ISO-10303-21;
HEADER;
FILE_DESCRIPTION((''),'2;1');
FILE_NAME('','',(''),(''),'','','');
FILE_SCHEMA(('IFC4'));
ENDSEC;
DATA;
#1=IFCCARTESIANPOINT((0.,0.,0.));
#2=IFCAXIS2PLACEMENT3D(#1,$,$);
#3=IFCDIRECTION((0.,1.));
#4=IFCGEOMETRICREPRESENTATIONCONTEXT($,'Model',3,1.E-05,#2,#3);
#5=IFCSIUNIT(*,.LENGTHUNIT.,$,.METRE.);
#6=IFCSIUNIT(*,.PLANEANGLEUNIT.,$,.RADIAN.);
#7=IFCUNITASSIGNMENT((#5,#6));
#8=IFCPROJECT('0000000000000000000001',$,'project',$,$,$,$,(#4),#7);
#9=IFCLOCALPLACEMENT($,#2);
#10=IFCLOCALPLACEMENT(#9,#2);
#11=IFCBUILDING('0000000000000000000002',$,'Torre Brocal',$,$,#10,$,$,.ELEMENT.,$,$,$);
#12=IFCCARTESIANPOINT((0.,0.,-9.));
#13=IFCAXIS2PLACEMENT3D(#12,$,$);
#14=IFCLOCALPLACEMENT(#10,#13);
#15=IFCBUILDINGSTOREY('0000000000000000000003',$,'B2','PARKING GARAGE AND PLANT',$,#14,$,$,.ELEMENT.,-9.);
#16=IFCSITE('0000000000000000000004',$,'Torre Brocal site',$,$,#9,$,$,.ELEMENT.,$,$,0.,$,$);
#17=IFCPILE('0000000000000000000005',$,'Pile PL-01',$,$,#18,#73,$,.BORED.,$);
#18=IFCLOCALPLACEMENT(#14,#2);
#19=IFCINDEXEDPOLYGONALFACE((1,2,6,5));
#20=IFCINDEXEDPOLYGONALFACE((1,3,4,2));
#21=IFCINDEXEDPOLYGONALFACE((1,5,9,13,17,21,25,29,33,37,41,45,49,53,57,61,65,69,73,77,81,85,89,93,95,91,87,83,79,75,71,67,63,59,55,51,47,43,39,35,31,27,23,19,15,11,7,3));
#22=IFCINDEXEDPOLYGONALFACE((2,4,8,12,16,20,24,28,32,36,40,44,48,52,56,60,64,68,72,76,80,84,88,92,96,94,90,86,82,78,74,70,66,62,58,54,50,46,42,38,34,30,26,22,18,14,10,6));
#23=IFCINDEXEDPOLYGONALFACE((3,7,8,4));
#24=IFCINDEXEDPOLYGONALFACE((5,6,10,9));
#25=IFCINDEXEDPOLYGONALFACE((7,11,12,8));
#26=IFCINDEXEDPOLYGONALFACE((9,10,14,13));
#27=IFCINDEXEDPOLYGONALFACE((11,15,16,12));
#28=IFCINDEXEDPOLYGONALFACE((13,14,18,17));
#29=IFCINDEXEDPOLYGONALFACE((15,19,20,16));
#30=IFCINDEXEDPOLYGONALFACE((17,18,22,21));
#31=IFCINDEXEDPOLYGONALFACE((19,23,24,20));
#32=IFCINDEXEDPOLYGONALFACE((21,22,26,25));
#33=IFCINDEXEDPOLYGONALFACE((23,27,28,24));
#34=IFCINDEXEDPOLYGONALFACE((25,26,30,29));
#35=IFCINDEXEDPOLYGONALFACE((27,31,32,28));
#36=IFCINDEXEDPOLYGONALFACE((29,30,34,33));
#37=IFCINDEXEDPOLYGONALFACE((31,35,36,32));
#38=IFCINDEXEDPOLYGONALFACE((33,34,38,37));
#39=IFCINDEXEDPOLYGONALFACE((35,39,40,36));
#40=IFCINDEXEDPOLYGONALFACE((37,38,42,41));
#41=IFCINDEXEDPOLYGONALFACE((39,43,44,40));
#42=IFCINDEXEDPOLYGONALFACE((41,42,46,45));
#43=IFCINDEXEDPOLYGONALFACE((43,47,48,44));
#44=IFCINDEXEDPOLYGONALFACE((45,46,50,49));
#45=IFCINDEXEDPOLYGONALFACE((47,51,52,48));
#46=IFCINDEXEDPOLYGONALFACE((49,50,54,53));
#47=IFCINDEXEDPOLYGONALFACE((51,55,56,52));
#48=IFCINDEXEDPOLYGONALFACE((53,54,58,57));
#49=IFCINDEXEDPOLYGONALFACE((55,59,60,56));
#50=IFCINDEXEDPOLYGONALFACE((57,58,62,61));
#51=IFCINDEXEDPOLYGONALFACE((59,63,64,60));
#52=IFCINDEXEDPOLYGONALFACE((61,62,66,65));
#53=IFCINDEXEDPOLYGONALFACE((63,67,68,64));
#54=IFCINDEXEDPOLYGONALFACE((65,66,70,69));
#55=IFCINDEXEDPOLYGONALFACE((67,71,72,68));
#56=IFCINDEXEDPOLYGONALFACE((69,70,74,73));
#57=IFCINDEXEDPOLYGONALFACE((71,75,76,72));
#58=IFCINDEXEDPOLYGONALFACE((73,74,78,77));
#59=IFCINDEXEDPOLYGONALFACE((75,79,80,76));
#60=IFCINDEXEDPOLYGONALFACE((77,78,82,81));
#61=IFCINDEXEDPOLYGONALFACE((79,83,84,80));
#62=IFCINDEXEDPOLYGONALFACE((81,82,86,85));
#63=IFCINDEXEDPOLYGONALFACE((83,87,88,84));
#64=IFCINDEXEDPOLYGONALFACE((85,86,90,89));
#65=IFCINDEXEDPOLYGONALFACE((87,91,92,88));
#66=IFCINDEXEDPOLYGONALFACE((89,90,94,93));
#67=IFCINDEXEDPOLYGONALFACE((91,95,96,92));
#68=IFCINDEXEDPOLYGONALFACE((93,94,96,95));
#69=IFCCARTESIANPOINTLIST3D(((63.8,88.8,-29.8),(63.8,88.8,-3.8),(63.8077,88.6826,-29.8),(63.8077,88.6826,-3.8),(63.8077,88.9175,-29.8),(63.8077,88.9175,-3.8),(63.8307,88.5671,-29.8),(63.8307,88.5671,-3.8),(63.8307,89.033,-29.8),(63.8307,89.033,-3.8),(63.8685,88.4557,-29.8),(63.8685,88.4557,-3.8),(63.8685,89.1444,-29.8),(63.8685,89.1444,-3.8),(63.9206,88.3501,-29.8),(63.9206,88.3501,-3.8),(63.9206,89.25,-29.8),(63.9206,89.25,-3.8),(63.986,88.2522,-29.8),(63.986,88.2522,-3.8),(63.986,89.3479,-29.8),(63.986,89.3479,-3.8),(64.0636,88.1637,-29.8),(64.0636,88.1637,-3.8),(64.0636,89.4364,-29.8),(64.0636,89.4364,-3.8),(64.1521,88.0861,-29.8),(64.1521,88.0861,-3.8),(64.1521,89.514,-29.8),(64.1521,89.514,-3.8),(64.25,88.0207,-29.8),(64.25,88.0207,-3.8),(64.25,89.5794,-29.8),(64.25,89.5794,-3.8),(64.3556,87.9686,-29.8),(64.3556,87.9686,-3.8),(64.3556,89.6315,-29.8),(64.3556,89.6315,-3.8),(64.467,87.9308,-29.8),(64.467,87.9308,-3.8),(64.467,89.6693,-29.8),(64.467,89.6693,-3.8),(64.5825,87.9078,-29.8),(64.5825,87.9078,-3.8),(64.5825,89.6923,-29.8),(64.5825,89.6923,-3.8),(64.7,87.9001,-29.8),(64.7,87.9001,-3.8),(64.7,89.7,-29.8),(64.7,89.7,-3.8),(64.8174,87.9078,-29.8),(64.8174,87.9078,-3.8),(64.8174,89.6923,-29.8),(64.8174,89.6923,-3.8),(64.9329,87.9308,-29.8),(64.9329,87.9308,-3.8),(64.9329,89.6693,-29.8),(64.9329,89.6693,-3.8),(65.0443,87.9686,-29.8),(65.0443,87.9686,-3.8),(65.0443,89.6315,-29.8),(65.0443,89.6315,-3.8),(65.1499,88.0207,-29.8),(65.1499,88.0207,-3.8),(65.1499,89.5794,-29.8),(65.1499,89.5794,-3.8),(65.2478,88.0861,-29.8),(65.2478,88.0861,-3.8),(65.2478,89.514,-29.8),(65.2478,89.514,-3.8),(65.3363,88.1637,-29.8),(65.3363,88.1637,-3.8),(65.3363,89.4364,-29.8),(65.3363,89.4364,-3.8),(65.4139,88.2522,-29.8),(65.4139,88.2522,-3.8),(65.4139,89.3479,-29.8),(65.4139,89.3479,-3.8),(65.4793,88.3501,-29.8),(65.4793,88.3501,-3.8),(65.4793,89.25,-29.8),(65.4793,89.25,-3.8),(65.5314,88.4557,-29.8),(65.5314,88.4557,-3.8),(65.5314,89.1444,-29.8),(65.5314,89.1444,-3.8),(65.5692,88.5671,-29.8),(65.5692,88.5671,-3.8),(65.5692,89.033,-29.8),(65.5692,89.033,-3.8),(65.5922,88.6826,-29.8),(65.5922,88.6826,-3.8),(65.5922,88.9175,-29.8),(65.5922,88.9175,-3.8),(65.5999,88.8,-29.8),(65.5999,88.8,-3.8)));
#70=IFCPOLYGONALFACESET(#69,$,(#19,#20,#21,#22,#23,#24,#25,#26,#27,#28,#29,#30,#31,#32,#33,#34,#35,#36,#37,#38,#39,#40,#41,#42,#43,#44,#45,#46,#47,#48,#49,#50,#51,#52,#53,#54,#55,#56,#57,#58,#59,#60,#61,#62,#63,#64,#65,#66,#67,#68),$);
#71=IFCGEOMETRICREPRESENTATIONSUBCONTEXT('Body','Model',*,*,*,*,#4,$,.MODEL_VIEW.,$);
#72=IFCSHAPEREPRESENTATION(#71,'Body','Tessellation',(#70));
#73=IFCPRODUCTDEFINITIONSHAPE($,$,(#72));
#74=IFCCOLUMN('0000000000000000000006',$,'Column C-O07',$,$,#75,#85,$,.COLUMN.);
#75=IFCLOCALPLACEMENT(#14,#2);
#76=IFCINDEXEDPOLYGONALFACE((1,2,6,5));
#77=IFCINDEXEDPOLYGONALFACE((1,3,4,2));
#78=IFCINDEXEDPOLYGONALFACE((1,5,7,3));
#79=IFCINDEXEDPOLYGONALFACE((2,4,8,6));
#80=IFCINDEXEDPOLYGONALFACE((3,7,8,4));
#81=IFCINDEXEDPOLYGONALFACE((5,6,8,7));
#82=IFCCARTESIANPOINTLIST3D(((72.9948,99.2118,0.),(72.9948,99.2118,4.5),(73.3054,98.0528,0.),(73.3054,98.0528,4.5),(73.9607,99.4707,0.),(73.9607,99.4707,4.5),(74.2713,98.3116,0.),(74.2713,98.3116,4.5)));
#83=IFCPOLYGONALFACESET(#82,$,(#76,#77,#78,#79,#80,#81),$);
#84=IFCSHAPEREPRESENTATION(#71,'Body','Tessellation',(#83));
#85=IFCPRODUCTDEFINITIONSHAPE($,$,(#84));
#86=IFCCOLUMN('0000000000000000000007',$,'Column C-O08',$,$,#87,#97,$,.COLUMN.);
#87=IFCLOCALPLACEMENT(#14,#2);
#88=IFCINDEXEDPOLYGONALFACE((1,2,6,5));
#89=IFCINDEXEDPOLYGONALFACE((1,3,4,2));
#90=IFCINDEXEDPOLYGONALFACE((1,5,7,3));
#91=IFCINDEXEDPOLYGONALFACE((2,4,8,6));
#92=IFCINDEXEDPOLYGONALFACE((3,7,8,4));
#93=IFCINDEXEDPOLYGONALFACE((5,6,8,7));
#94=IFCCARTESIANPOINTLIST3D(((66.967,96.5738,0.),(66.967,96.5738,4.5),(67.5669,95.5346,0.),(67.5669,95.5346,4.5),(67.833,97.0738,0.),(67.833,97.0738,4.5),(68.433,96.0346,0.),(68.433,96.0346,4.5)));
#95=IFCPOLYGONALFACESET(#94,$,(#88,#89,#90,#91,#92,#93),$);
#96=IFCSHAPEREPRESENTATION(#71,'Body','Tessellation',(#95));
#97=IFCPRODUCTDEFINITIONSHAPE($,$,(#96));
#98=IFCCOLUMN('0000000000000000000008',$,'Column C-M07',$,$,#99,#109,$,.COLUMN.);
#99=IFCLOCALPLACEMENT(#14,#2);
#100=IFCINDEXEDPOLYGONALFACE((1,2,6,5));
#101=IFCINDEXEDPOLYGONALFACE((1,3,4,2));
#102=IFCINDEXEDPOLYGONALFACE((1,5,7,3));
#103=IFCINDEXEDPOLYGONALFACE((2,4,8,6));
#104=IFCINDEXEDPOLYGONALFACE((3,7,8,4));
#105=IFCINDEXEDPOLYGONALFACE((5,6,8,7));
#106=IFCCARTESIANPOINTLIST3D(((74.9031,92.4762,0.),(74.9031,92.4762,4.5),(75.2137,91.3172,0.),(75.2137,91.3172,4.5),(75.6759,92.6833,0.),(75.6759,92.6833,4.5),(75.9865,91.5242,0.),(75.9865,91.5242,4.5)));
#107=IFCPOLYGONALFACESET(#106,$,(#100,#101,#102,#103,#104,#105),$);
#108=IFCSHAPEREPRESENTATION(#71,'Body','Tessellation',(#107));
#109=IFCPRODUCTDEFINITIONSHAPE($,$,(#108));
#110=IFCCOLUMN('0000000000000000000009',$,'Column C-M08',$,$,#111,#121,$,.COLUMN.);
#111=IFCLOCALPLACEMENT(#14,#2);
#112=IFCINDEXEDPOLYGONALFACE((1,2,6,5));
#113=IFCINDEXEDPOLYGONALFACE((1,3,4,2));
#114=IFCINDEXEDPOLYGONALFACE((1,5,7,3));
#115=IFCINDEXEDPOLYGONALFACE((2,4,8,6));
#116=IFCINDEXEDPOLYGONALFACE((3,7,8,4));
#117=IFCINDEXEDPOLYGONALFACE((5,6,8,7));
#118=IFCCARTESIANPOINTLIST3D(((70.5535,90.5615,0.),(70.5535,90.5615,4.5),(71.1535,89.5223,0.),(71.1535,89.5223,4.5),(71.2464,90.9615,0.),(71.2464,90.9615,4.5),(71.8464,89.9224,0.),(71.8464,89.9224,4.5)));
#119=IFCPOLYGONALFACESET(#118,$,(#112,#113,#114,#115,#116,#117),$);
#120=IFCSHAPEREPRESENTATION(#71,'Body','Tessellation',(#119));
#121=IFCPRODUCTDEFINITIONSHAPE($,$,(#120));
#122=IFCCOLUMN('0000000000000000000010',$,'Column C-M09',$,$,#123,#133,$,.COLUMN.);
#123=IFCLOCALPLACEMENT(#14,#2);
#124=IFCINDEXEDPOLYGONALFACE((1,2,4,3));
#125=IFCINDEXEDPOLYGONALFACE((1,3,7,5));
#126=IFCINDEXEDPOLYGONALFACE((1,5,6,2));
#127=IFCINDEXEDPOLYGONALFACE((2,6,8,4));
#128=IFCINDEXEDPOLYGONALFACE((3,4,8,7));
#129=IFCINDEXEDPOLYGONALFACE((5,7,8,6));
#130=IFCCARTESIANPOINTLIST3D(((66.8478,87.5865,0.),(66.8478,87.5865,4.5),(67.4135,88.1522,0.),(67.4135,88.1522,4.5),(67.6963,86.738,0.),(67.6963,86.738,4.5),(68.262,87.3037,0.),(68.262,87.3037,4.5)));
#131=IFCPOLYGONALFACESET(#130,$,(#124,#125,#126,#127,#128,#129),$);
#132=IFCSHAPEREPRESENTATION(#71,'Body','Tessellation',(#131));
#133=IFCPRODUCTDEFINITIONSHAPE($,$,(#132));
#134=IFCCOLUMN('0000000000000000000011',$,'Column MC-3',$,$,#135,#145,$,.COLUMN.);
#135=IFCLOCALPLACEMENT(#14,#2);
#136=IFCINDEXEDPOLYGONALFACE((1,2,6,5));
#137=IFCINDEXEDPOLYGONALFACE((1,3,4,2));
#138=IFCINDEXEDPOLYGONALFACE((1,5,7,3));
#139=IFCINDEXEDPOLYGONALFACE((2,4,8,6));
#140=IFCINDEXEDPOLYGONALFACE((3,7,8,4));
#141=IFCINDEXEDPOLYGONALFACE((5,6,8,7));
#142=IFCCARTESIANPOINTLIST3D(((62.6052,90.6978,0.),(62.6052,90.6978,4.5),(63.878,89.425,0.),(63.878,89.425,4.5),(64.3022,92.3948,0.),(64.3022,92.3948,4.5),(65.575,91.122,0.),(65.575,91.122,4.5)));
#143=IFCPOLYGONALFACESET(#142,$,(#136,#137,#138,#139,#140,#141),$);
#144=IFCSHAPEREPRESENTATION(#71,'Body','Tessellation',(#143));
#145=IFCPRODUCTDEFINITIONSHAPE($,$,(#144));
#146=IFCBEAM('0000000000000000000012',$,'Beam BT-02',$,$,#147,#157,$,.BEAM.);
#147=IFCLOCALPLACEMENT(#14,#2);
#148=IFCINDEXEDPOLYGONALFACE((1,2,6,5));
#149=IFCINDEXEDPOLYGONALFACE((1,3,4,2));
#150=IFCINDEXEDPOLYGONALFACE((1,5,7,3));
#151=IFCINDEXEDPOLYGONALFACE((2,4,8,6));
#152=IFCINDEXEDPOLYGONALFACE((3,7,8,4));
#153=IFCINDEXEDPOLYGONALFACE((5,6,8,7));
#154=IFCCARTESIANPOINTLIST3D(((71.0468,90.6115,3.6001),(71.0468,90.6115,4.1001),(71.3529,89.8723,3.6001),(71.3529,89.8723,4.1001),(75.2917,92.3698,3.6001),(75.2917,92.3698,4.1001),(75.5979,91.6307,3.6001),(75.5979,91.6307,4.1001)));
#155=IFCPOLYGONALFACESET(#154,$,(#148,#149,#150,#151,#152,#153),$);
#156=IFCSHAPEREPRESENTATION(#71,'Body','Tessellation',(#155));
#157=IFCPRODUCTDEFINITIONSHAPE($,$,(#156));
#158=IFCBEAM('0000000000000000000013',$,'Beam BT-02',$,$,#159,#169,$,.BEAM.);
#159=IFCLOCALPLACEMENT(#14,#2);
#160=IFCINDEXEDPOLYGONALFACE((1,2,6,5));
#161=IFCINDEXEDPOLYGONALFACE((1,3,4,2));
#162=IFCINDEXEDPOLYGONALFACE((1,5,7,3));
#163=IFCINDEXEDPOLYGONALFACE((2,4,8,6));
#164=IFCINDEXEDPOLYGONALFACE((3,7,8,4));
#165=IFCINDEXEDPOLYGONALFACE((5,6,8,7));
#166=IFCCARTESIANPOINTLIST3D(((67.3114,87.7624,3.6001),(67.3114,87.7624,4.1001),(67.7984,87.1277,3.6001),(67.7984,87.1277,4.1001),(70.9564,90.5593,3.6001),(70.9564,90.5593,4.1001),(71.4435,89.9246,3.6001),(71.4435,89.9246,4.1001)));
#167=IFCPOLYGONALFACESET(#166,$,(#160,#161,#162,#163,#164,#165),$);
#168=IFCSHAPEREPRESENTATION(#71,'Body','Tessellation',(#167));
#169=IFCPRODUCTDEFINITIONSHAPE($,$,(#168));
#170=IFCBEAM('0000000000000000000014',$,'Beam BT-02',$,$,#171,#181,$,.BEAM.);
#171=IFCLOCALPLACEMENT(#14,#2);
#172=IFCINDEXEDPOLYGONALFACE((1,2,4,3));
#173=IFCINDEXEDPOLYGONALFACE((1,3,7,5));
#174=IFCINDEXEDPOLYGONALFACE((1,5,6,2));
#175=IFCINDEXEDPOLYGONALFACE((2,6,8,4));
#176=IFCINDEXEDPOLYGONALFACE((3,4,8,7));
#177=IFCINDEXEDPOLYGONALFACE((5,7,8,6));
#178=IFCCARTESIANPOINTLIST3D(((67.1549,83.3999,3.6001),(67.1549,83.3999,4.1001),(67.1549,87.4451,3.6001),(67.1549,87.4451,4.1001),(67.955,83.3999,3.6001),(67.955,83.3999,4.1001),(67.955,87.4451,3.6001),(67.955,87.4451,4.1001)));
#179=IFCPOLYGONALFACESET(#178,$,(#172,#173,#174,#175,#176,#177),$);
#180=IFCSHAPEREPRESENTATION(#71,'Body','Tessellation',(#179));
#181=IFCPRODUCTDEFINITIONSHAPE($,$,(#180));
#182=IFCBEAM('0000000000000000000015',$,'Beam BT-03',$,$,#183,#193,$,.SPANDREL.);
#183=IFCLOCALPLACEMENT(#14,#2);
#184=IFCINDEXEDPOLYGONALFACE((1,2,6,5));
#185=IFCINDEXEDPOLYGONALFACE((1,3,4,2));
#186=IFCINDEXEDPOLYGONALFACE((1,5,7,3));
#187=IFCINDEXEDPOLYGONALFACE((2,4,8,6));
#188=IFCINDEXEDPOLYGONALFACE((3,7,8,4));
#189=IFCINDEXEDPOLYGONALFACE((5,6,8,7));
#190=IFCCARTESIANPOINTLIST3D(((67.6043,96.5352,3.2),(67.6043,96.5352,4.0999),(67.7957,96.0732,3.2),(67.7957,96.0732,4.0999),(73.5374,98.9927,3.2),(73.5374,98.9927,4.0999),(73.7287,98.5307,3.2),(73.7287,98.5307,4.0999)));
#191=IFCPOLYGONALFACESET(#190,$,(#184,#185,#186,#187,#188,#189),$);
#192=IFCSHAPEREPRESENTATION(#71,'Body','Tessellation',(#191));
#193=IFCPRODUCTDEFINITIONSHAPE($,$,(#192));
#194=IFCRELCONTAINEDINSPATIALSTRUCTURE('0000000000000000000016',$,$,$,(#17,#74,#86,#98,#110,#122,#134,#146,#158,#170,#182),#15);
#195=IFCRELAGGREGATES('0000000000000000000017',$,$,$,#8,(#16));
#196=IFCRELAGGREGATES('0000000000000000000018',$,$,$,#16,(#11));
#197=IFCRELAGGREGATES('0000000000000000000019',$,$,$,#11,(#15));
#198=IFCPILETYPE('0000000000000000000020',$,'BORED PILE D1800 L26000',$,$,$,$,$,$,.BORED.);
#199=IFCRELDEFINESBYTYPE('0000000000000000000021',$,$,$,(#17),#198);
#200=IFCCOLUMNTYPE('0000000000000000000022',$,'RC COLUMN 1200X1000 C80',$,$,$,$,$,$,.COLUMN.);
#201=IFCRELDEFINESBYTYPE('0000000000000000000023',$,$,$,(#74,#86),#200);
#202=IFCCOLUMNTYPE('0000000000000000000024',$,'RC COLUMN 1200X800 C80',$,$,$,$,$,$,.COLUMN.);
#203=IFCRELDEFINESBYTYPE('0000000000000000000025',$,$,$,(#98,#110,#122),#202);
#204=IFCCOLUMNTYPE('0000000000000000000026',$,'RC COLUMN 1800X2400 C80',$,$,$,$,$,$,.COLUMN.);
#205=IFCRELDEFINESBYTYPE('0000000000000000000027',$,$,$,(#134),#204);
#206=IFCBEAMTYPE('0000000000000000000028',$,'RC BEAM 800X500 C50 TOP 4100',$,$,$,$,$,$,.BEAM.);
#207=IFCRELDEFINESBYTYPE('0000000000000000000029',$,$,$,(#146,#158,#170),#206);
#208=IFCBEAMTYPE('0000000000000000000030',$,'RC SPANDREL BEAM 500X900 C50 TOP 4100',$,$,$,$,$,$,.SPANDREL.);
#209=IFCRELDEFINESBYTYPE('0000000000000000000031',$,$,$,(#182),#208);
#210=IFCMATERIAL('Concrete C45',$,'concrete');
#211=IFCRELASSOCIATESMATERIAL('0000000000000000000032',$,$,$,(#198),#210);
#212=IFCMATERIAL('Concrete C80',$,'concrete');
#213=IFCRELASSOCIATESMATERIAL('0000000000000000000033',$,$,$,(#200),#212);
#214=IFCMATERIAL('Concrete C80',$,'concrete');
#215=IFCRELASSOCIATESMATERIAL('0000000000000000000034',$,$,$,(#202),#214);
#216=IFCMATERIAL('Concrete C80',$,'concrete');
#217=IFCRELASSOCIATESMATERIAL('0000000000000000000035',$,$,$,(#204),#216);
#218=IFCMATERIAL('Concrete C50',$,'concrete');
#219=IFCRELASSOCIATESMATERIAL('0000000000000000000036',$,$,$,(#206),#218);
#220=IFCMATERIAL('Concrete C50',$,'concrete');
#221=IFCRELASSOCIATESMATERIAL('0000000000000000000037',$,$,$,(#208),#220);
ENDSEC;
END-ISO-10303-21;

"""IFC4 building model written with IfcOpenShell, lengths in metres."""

from ifc_helpers import new_model, si_unit, direction, frame, origin, origin_2d, place, context, subcontext, project, spatial, rectangle, circle, extrude, material, material_profile, profile_set, type_object, element, save


model = new_model("IFC4")

# Units and contexts
model_context = context("Model", 3, precision=1e-05, world=origin(), true_north=direction((0.0, 1.0)))
body_context = subcontext(model_context, "Body", "Model", "MODEL_VIEW")
ifc_project = project(units=[si_unit("LENGTHUNIT", "METRE"), si_unit("PLANEANGLEUNIT", "RADIAN")], contexts=[model_context])

# Site, building, storey
site_placement = place(None, origin())
site = spatial("IfcSite", under=ifc_project, at=site_placement, Name="Torre Brocal site", CompositionType="ELEMENT", RefElevation=0.0)
building_placement = place(site_placement, origin())
building = spatial("IfcBuilding", under=site, at=building_placement, Name="Torre Brocal", CompositionType="ELEMENT")
storey_placement = place(building_placement, frame((0.0, 0.0, -9.0)))
storey = spatial("IfcBuildingStorey", under=building, at=storey_placement, Name="B2", Description="PARKING GARAGE AND PLANT", CompositionType="ELEMENT", Elevation=-9.0)

# Pile
ifc_material_1 = material(Name="Concrete C45", Category="concrete")
ifc_material_profile_1 = material_profile(ifc_material_1, circle(Radius=0.8999, at=origin_2d()), Name="BORED PILE D1800")
ifc_profile_set_1 = profile_set([ifc_material_profile_1], Name="Concrete C45")
pile_type_1 = type_object("IfcPileType", Name="BORED PILE D1800 L26000", PredefinedType="BORED", material=ifc_profile_set_1)
for number, where, z_axis, x_axis, name in (
    (1, (64.7, 88.8, -3.8), (0.0, 0.0, -1.0), (1.0, 0.0, 0.0), "Pile PL-01"),
):
    element("IfcPile", number, at=place(storey_placement, frame(where, z_axis=z_axis, x_axis=x_axis)), inside=storey, type_object=pile_type_1, Name=name, PredefinedType="BORED", context=body_context, shape_type="SweptSolid", body=[
        extrude(circle(Radius=0.8999, at=origin_2d()), origin(), (0.0, 0.0, 1.0), 26.0),
    ])

# Columns
ifc_material_2 = material(Name="Concrete C80", Category="concrete")
ifc_material_profile_2 = material_profile(ifc_material_2, rectangle(XDim=1.2, YDim=1.0, at=origin_2d()), Name="RC 1200X1000")
ifc_profile_set_2 = profile_set([ifc_material_profile_2], Name="Concrete C80")
column_type_1 = type_object("IfcColumnType", Name="RC COLUMN 1200X1000 C80", PredefinedType="COLUMN", material=ifc_profile_set_2)
for number, where, z_axis, x_axis, name in (
    (2, (73.6331, 98.7617, 0.0), (0.0, 0.0, 1.0), (-0.258819, 0.965926, 0.0), "Column C-O07"),
    (3, (67.7, 96.3042, 0.0), (0.0, 0.0, 1.0), (-0.5, 0.866025, 0.0), "Column C-O08"),
):
    element("IfcColumn", number, at=place(storey_placement, frame(where, z_axis=z_axis, x_axis=x_axis)), inside=storey, type_object=column_type_1, Name=name, PredefinedType="COLUMN", context=body_context, shape_type="SweptSolid", body=[
        extrude(rectangle(XDim=1.2, YDim=1.0, at=origin_2d()), origin(), (0.0, 0.0, 1.0), 4.5),
    ])
ifc_material_3 = material(Name="Concrete C80", Category="concrete")
ifc_material_profile_3 = material_profile(ifc_material_3, rectangle(XDim=1.2, YDim=0.8, at=origin_2d()), Name="RC 1200X800")
ifc_profile_set_3 = profile_set([ifc_material_profile_3], Name="Concrete C80")
column_type_2 = type_object("IfcColumnType", Name="RC COLUMN 1200X800 C80", PredefinedType="COLUMN", material=ifc_profile_set_3)
for number, where, z_axis, x_axis, name in (
    (4, (75.4448, 92.0002, 0.0), (0.0, 0.0, 1.0), (-0.258819, 0.965926, 0.0), "Column C-M07"),
    (5, (71.2, 90.2419, 0.0), (0.0, 0.0, 1.0), (-0.5, 0.866025, 0.0), "Column C-M08"),
    (6, (67.5549, 87.4451, 0.0), (0.0, 0.0, 1.0), (-0.707107, 0.707107, 0.0), "Column C-M09"),
):
    element("IfcColumn", number, at=place(storey_placement, frame(where, z_axis=z_axis, x_axis=x_axis)), inside=storey, type_object=column_type_2, Name=name, PredefinedType="COLUMN", context=body_context, shape_type="SweptSolid", body=[
        extrude(rectangle(XDim=1.2, YDim=0.8, at=origin_2d()), origin(), (0.0, 0.0, 1.0), 4.5),
    ])
ifc_material_4 = material(Name="Concrete C80", Category="concrete")
ifc_material_profile_4 = material_profile(ifc_material_4, rectangle(XDim=1.8, YDim=2.3999, at=origin_2d()), Name="RC 1800X2400")
ifc_profile_set_4 = profile_set([ifc_material_profile_4], Name="Concrete C80")
column_type_3 = type_object("IfcColumnType", Name="RC COLUMN 1800X2400 C80", PredefinedType="COLUMN", material=ifc_profile_set_4)
column_placement = place(storey_placement, frame((64.0901, 90.9099, 0.0), z_axis=(0.0, 0.0, 1.0), x_axis=(-0.707107, 0.707107, 0.0)))
element("IfcColumn", 7, at=column_placement, inside=storey, type_object=column_type_3, Name="Column MC-3", PredefinedType="COLUMN", context=body_context, shape_type="SweptSolid", body=[
    extrude(rectangle(XDim=1.8, YDim=2.3999, at=origin_2d()), origin(), (0.0, 0.0, 1.0), 4.5),
])

# Beams
ifc_material_5 = material(Name="Concrete C50", Category="concrete")
ifc_material_profile_5 = material_profile(ifc_material_5, rectangle(XDim=0.8, YDim=0.5, at=origin_2d()), Name="RC 800X500")
ifc_profile_set_5 = profile_set([ifc_material_profile_5], Name="Concrete C50")
beam_type_1 = type_object("IfcBeamType", Name="RC BEAM 800X500 C50 TOP 4100", PredefinedType="BEAM", material=ifc_profile_set_5)
beam_1_placement = place(storey_placement, frame((75.4448, 92.0002, 3.8501), z_axis=(-0.923878, -0.382687, 0.0), x_axis=(0.382687, -0.923878, 0.0)))
element("IfcBeam", 8, at=beam_1_placement, inside=storey, type_object=beam_type_1, Name="Beam BT-02", PredefinedType="BEAM", context=body_context, shape_type="SweptSolid", body=[
    extrude(rectangle(XDim=0.8, YDim=0.5, at=origin_2d()), origin(), (0.0, 0.0, 1.0), 4.5947),
])
beam_2_placement = place(storey_placement, frame((71.2, 90.2419, 3.8501), z_axis=(-0.793358, -0.608755, 0.0), x_axis=(0.608755, -0.793358, 0.0)))
element("IfcBeam", 9, at=beam_2_placement, inside=storey, type_object=beam_type_1, Name="Beam BT-02", PredefinedType="BEAM", context=body_context, shape_type="SweptSolid", body=[
    extrude(rectangle(XDim=0.8, YDim=0.5, at=origin_2d()), origin(), (0.0, 0.0, 1.0), 4.5945),
])
beam_3_placement = place(storey_placement, frame((67.5549, 87.4451, 3.8501), z_axis=(0.0, -1.0, 0.0), x_axis=(1.0, 0.0, 0.0)))
element("IfcBeam", 10, at=beam_3_placement, inside=storey, type_object=beam_type_1, Name="Beam BT-02", PredefinedType="BEAM", context=body_context, shape_type="SweptSolid", body=[
    extrude(rectangle(XDim=0.8, YDim=0.5, at=origin_2d()), origin(), (0.0, 0.0, 1.0), 4.0452),
])
ifc_material_6 = material(Name="Concrete C50", Category="concrete")
ifc_material_profile_6 = material_profile(ifc_material_6, rectangle(XDim=0.5, YDim=0.8999, at=origin_2d()), Name="RC 500X900")
ifc_profile_set_6 = profile_set([ifc_material_profile_6], Name="Concrete C50")
beam_type_2 = type_object("IfcBeamType", Name="RC SPANDREL BEAM 500X900 C50 TOP 4100", PredefinedType="SPANDREL", material=ifc_profile_set_6)
beam_4_placement = place(storey_placement, frame((73.6331, 98.7617, 3.6499), z_axis=(-0.923882, -0.382676, 0.0), x_axis=(0.382676, -0.923882, 0.0)))
element("IfcBeam", 11, at=beam_4_placement, inside=storey, type_object=beam_type_2, Name="Beam BT-03", PredefinedType="SPANDREL", context=body_context, shape_type="SweptSolid", body=[
    extrude(rectangle(XDim=0.5, YDim=0.8999, at=origin_2d()), origin(), (0.0, 0.0, 1.0), 6.4219),
])

save(model, "model.ifc")
